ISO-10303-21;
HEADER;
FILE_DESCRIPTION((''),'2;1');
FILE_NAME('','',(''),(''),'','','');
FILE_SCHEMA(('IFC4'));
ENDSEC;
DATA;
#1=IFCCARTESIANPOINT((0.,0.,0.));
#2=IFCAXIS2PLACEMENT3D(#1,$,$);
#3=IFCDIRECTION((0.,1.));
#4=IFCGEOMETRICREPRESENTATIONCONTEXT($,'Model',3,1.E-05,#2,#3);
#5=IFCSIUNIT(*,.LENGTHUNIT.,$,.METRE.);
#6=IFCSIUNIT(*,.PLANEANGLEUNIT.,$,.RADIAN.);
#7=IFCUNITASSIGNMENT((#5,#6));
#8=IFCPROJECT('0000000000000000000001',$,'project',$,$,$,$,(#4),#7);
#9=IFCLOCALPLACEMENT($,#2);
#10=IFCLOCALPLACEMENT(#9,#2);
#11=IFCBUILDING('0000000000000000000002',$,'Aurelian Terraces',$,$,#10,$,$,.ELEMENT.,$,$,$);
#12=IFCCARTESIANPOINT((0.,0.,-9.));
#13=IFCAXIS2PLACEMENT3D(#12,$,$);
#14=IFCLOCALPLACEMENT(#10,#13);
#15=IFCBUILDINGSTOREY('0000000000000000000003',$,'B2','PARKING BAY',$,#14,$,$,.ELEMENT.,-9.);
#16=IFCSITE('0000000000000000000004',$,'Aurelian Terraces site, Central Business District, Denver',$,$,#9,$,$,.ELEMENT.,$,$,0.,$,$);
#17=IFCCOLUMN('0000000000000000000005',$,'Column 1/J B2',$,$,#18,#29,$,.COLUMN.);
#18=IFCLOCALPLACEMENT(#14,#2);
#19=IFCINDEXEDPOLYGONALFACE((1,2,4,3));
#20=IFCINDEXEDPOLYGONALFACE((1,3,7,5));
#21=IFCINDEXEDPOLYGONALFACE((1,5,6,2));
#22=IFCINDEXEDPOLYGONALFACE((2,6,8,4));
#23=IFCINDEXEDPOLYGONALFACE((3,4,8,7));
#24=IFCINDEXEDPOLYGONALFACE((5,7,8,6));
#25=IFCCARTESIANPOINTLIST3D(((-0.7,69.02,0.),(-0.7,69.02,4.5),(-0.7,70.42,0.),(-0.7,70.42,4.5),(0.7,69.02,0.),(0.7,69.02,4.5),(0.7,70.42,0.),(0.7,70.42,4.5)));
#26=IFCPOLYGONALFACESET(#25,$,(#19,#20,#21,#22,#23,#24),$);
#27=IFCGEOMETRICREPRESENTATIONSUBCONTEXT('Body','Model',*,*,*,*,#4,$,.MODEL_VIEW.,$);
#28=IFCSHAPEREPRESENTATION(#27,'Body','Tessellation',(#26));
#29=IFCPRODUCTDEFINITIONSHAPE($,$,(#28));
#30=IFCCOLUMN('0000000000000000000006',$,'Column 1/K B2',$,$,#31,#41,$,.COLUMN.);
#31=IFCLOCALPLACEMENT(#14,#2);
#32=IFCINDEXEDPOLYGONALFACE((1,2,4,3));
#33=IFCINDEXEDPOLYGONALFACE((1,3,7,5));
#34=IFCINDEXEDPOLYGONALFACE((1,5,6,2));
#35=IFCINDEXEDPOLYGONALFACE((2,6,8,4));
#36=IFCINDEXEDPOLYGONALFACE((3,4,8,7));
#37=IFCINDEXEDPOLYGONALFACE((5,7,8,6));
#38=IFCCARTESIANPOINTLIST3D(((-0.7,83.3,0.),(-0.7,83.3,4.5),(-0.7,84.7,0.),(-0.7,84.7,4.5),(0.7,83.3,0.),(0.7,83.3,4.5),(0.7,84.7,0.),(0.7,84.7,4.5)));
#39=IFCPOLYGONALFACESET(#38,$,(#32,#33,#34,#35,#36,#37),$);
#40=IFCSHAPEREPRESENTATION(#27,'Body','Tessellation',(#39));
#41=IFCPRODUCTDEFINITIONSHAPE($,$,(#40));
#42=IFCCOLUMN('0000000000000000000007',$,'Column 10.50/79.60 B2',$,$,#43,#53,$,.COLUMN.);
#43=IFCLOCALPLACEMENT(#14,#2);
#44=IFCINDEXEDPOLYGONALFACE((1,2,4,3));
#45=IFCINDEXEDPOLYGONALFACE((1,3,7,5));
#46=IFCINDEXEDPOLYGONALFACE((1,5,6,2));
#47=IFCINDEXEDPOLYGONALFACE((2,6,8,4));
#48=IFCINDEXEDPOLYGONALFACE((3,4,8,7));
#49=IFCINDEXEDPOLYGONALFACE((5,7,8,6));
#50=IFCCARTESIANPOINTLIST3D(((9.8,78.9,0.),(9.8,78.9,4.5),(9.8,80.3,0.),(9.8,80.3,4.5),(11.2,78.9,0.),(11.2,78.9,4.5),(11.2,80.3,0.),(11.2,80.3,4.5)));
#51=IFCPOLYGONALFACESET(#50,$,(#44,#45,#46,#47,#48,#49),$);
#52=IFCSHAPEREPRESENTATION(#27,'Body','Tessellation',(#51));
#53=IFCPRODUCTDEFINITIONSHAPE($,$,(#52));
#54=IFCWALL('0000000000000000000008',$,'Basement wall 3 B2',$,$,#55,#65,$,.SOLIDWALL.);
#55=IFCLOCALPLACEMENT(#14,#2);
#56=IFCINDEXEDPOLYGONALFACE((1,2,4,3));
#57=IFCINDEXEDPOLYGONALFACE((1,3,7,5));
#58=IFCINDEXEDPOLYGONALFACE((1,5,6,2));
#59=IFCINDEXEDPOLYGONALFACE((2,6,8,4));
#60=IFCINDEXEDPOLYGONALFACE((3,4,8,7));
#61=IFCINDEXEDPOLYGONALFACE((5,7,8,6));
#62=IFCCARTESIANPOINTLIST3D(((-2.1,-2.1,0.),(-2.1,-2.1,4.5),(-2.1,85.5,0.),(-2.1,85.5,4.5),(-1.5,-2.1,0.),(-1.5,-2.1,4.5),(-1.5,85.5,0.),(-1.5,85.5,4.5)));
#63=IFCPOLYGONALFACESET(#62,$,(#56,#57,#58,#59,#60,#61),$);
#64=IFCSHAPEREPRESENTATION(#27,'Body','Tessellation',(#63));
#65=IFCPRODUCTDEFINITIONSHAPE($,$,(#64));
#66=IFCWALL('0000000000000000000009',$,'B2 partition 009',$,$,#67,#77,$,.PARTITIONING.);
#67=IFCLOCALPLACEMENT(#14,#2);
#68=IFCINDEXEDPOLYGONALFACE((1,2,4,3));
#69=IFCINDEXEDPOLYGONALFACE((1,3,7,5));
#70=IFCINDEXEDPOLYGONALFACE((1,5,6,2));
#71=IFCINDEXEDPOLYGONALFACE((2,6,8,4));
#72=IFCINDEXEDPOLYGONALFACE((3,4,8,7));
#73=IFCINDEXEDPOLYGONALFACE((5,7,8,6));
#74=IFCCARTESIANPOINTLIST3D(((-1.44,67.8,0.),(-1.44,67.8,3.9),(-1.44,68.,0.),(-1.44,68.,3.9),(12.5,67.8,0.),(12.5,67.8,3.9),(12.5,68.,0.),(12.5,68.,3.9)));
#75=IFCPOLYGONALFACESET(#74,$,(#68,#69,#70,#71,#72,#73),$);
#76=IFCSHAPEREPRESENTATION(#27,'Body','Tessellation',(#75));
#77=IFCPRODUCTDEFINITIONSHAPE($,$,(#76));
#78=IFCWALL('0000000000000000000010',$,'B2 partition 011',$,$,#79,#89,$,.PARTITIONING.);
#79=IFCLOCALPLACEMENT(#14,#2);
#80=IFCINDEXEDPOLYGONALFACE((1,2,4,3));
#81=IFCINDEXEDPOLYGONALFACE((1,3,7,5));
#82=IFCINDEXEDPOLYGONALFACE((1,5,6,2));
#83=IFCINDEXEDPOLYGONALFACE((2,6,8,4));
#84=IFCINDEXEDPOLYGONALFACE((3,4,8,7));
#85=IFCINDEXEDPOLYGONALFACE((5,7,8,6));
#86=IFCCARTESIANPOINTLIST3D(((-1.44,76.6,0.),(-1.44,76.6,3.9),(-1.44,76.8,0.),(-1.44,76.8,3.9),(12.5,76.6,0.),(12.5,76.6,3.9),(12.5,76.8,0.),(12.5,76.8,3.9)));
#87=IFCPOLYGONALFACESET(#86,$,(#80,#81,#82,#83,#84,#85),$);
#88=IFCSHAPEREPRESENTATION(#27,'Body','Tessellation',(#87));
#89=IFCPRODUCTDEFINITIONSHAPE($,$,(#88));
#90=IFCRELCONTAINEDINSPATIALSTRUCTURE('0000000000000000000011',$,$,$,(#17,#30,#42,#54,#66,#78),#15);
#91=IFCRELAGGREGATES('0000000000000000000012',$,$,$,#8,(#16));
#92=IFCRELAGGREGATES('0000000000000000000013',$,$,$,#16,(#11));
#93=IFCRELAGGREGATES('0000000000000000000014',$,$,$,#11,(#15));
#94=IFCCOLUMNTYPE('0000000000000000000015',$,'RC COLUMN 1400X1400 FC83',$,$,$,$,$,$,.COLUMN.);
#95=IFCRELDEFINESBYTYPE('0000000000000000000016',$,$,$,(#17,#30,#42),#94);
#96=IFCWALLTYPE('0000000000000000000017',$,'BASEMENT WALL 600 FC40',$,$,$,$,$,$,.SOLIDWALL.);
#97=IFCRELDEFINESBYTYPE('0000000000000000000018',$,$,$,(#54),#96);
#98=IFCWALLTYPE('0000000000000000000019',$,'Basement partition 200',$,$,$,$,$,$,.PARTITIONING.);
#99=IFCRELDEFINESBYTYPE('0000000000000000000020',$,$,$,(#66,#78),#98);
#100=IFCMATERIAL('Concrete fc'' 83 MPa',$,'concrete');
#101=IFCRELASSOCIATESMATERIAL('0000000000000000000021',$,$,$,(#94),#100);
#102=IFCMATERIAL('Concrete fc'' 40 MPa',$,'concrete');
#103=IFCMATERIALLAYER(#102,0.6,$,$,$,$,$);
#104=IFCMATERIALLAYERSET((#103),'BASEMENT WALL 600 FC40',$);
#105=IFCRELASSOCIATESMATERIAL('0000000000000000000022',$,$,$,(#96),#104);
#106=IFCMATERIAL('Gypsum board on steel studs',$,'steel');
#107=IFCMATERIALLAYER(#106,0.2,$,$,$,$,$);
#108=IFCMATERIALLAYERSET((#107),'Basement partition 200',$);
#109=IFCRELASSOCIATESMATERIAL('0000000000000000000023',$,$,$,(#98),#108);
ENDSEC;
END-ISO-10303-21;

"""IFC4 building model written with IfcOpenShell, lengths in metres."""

from ifc_helpers import new_model, si_unit, direction, frame, frame_2d, origin, origin_2d, place, context, subcontext, project, spatial, rectangle, extrude, source, transform, mapped, material, layer, layer_set, material_profile, profile_set, type_object, element, save


model = new_model("IFC4")

# Units and contexts
model_context = context("Model", 3, precision=1e-05, world=origin(), true_north=direction((0.0, 1.0)))
body_context = subcontext(model_context, "Body", "Model", "MODEL_VIEW")
ifc_project = project(units=[si_unit("LENGTHUNIT", "METRE"), si_unit("PLANEANGLEUNIT", "RADIAN")], contexts=[model_context])

# Site, building, storey
site_placement = place(None, origin())
site = spatial("IfcSite", under=ifc_project, at=site_placement, Name="Aurelian Terraces site, Central Business District, Denver", CompositionType="ELEMENT", RefElevation=0.0)
building_placement = place(site_placement, origin())
building = spatial("IfcBuilding", under=site, at=building_placement, Name="Aurelian Terraces", CompositionType="ELEMENT")
storey_placement = place(building_placement, frame((0.0, 0.0, -9.0)))
storey = spatial("IfcBuildingStorey", under=building, at=storey_placement, Name="B2", Description="PARKING BAY", CompositionType="ELEMENT", Elevation=-9.0)

# Columns
ifc_material_1 = material(Name="Concrete fc' 83 MPa", Category="concrete")
ifc_material_profile = material_profile(ifc_material_1, rectangle(XDim=1.4, YDim=1.4, at=origin_2d()))
ifc_profile_set = profile_set([ifc_material_profile], Name="Concrete fc' 83 MPa")
column_type = type_object("IfcColumnType", Name="RC COLUMN 1400X1400 FC83", PredefinedType="COLUMN", material=ifc_profile_set)
shared_shape_1 = source(origin(), body_context, "Body", "SweptSolid", [
    extrude(rectangle(XDim=1.4, YDim=1.4, at=origin_2d()), origin(), (0.0, 0.0, 1.0), 4.5),
])
for number, where, z_axis, x_axis, name in (
    (1, (0.0, 69.72, 0.0), (0.0, 0.0, 1.0), (1.0, 0.0, 0.0), "Column 1/J B2"),
    (2, (0.0, 84.0, 0.0), (0.0, 0.0, 1.0), (1.0, 0.0, 0.0), "Column 1/K B2"),
    (3, (10.5, 79.6, 0.0), (0.0, 0.0, 1.0), (1.0, 0.0, 0.0), "Column 10.50/79.60 B2"),
):
    element("IfcColumn", number, at=place(storey_placement, frame(where, z_axis=z_axis, x_axis=x_axis)), inside=storey, type_object=column_type, Name=name, PredefinedType="COLUMN", context=body_context, shape_type="MappedRepresentation", body=[
        mapped(shared_shape_1, transform((0.0, 0.0, 0.0), scale=1.0)),
    ])

# Walls
ifc_material_2 = material(Name="Concrete fc' 40 MPa", Category="concrete")
ifc_layer_1 = layer(ifc_material_2, 0.6)
ifc_layer_set_1 = layer_set([ifc_layer_1], Name="BASEMENT WALL 600 FC40")
wall_type_1 = type_object("IfcWallType", Name="BASEMENT WALL 600 FC40", PredefinedType="SOLIDWALL", material=ifc_layer_set_1)
shared_shape_2 = source(origin(), body_context, "Body", "SweptSolid", [
    extrude(rectangle(XDim=87.6, YDim=0.6, at=frame_2d((43.8, 0.0))), origin(), (0.0, 0.0, 1.0), 4.5),
])
wall_1_placement = place(storey_placement, frame((-1.8, 85.5, 0.0), z_axis=(0.0, 0.0, 1.0), x_axis=(0.0, -1.0, 0.0)))
element("IfcWall", 4, at=wall_1_placement, inside=storey, type_object=wall_type_1, Name="Basement wall 3 B2", PredefinedType="SOLIDWALL", context=body_context, shape_type="MappedRepresentation", body=[
    mapped(shared_shape_2, transform((0.0, 0.0, 0.0), scale=1.0)),
])
ifc_material_3 = material(Name="Gypsum board on steel studs", Category="steel")
ifc_layer_2 = layer(ifc_material_3, 0.2)
ifc_layer_set_2 = layer_set([ifc_layer_2], Name="Basement partition 200")
wall_type_2 = type_object("IfcWallType", Name="Basement partition 200", PredefinedType="PARTITIONING", material=ifc_layer_set_2)
shared_shape_3 = source(origin(), body_context, "Body", "SweptSolid", [
    extrude(rectangle(XDim=13.94, YDim=0.2, at=frame_2d((6.97, 0.0))), origin(), (0.0, 0.0, 1.0), 3.9),
])
for number, where, z_axis, x_axis, name in (
    (5, (-1.44, 67.9, 0.0), (0.0, 0.0, 1.0), (1.0, 0.0, 0.0), "B2 partition 009"),
    (6, (-1.44, 76.7, 0.0), (0.0, 0.0, 1.0), (1.0, 0.0, 0.0), "B2 partition 011"),
):
    element("IfcWall", number, at=place(storey_placement, frame(where, z_axis=z_axis, x_axis=x_axis)), inside=storey, type_object=wall_type_2, Name=name, PredefinedType="PARTITIONING", context=body_context, shape_type="MappedRepresentation", body=[
        mapped(shared_shape_3, transform((0.0, 0.0, 0.0), scale=1.0)),
    ])

save(model, "model.ifc")
